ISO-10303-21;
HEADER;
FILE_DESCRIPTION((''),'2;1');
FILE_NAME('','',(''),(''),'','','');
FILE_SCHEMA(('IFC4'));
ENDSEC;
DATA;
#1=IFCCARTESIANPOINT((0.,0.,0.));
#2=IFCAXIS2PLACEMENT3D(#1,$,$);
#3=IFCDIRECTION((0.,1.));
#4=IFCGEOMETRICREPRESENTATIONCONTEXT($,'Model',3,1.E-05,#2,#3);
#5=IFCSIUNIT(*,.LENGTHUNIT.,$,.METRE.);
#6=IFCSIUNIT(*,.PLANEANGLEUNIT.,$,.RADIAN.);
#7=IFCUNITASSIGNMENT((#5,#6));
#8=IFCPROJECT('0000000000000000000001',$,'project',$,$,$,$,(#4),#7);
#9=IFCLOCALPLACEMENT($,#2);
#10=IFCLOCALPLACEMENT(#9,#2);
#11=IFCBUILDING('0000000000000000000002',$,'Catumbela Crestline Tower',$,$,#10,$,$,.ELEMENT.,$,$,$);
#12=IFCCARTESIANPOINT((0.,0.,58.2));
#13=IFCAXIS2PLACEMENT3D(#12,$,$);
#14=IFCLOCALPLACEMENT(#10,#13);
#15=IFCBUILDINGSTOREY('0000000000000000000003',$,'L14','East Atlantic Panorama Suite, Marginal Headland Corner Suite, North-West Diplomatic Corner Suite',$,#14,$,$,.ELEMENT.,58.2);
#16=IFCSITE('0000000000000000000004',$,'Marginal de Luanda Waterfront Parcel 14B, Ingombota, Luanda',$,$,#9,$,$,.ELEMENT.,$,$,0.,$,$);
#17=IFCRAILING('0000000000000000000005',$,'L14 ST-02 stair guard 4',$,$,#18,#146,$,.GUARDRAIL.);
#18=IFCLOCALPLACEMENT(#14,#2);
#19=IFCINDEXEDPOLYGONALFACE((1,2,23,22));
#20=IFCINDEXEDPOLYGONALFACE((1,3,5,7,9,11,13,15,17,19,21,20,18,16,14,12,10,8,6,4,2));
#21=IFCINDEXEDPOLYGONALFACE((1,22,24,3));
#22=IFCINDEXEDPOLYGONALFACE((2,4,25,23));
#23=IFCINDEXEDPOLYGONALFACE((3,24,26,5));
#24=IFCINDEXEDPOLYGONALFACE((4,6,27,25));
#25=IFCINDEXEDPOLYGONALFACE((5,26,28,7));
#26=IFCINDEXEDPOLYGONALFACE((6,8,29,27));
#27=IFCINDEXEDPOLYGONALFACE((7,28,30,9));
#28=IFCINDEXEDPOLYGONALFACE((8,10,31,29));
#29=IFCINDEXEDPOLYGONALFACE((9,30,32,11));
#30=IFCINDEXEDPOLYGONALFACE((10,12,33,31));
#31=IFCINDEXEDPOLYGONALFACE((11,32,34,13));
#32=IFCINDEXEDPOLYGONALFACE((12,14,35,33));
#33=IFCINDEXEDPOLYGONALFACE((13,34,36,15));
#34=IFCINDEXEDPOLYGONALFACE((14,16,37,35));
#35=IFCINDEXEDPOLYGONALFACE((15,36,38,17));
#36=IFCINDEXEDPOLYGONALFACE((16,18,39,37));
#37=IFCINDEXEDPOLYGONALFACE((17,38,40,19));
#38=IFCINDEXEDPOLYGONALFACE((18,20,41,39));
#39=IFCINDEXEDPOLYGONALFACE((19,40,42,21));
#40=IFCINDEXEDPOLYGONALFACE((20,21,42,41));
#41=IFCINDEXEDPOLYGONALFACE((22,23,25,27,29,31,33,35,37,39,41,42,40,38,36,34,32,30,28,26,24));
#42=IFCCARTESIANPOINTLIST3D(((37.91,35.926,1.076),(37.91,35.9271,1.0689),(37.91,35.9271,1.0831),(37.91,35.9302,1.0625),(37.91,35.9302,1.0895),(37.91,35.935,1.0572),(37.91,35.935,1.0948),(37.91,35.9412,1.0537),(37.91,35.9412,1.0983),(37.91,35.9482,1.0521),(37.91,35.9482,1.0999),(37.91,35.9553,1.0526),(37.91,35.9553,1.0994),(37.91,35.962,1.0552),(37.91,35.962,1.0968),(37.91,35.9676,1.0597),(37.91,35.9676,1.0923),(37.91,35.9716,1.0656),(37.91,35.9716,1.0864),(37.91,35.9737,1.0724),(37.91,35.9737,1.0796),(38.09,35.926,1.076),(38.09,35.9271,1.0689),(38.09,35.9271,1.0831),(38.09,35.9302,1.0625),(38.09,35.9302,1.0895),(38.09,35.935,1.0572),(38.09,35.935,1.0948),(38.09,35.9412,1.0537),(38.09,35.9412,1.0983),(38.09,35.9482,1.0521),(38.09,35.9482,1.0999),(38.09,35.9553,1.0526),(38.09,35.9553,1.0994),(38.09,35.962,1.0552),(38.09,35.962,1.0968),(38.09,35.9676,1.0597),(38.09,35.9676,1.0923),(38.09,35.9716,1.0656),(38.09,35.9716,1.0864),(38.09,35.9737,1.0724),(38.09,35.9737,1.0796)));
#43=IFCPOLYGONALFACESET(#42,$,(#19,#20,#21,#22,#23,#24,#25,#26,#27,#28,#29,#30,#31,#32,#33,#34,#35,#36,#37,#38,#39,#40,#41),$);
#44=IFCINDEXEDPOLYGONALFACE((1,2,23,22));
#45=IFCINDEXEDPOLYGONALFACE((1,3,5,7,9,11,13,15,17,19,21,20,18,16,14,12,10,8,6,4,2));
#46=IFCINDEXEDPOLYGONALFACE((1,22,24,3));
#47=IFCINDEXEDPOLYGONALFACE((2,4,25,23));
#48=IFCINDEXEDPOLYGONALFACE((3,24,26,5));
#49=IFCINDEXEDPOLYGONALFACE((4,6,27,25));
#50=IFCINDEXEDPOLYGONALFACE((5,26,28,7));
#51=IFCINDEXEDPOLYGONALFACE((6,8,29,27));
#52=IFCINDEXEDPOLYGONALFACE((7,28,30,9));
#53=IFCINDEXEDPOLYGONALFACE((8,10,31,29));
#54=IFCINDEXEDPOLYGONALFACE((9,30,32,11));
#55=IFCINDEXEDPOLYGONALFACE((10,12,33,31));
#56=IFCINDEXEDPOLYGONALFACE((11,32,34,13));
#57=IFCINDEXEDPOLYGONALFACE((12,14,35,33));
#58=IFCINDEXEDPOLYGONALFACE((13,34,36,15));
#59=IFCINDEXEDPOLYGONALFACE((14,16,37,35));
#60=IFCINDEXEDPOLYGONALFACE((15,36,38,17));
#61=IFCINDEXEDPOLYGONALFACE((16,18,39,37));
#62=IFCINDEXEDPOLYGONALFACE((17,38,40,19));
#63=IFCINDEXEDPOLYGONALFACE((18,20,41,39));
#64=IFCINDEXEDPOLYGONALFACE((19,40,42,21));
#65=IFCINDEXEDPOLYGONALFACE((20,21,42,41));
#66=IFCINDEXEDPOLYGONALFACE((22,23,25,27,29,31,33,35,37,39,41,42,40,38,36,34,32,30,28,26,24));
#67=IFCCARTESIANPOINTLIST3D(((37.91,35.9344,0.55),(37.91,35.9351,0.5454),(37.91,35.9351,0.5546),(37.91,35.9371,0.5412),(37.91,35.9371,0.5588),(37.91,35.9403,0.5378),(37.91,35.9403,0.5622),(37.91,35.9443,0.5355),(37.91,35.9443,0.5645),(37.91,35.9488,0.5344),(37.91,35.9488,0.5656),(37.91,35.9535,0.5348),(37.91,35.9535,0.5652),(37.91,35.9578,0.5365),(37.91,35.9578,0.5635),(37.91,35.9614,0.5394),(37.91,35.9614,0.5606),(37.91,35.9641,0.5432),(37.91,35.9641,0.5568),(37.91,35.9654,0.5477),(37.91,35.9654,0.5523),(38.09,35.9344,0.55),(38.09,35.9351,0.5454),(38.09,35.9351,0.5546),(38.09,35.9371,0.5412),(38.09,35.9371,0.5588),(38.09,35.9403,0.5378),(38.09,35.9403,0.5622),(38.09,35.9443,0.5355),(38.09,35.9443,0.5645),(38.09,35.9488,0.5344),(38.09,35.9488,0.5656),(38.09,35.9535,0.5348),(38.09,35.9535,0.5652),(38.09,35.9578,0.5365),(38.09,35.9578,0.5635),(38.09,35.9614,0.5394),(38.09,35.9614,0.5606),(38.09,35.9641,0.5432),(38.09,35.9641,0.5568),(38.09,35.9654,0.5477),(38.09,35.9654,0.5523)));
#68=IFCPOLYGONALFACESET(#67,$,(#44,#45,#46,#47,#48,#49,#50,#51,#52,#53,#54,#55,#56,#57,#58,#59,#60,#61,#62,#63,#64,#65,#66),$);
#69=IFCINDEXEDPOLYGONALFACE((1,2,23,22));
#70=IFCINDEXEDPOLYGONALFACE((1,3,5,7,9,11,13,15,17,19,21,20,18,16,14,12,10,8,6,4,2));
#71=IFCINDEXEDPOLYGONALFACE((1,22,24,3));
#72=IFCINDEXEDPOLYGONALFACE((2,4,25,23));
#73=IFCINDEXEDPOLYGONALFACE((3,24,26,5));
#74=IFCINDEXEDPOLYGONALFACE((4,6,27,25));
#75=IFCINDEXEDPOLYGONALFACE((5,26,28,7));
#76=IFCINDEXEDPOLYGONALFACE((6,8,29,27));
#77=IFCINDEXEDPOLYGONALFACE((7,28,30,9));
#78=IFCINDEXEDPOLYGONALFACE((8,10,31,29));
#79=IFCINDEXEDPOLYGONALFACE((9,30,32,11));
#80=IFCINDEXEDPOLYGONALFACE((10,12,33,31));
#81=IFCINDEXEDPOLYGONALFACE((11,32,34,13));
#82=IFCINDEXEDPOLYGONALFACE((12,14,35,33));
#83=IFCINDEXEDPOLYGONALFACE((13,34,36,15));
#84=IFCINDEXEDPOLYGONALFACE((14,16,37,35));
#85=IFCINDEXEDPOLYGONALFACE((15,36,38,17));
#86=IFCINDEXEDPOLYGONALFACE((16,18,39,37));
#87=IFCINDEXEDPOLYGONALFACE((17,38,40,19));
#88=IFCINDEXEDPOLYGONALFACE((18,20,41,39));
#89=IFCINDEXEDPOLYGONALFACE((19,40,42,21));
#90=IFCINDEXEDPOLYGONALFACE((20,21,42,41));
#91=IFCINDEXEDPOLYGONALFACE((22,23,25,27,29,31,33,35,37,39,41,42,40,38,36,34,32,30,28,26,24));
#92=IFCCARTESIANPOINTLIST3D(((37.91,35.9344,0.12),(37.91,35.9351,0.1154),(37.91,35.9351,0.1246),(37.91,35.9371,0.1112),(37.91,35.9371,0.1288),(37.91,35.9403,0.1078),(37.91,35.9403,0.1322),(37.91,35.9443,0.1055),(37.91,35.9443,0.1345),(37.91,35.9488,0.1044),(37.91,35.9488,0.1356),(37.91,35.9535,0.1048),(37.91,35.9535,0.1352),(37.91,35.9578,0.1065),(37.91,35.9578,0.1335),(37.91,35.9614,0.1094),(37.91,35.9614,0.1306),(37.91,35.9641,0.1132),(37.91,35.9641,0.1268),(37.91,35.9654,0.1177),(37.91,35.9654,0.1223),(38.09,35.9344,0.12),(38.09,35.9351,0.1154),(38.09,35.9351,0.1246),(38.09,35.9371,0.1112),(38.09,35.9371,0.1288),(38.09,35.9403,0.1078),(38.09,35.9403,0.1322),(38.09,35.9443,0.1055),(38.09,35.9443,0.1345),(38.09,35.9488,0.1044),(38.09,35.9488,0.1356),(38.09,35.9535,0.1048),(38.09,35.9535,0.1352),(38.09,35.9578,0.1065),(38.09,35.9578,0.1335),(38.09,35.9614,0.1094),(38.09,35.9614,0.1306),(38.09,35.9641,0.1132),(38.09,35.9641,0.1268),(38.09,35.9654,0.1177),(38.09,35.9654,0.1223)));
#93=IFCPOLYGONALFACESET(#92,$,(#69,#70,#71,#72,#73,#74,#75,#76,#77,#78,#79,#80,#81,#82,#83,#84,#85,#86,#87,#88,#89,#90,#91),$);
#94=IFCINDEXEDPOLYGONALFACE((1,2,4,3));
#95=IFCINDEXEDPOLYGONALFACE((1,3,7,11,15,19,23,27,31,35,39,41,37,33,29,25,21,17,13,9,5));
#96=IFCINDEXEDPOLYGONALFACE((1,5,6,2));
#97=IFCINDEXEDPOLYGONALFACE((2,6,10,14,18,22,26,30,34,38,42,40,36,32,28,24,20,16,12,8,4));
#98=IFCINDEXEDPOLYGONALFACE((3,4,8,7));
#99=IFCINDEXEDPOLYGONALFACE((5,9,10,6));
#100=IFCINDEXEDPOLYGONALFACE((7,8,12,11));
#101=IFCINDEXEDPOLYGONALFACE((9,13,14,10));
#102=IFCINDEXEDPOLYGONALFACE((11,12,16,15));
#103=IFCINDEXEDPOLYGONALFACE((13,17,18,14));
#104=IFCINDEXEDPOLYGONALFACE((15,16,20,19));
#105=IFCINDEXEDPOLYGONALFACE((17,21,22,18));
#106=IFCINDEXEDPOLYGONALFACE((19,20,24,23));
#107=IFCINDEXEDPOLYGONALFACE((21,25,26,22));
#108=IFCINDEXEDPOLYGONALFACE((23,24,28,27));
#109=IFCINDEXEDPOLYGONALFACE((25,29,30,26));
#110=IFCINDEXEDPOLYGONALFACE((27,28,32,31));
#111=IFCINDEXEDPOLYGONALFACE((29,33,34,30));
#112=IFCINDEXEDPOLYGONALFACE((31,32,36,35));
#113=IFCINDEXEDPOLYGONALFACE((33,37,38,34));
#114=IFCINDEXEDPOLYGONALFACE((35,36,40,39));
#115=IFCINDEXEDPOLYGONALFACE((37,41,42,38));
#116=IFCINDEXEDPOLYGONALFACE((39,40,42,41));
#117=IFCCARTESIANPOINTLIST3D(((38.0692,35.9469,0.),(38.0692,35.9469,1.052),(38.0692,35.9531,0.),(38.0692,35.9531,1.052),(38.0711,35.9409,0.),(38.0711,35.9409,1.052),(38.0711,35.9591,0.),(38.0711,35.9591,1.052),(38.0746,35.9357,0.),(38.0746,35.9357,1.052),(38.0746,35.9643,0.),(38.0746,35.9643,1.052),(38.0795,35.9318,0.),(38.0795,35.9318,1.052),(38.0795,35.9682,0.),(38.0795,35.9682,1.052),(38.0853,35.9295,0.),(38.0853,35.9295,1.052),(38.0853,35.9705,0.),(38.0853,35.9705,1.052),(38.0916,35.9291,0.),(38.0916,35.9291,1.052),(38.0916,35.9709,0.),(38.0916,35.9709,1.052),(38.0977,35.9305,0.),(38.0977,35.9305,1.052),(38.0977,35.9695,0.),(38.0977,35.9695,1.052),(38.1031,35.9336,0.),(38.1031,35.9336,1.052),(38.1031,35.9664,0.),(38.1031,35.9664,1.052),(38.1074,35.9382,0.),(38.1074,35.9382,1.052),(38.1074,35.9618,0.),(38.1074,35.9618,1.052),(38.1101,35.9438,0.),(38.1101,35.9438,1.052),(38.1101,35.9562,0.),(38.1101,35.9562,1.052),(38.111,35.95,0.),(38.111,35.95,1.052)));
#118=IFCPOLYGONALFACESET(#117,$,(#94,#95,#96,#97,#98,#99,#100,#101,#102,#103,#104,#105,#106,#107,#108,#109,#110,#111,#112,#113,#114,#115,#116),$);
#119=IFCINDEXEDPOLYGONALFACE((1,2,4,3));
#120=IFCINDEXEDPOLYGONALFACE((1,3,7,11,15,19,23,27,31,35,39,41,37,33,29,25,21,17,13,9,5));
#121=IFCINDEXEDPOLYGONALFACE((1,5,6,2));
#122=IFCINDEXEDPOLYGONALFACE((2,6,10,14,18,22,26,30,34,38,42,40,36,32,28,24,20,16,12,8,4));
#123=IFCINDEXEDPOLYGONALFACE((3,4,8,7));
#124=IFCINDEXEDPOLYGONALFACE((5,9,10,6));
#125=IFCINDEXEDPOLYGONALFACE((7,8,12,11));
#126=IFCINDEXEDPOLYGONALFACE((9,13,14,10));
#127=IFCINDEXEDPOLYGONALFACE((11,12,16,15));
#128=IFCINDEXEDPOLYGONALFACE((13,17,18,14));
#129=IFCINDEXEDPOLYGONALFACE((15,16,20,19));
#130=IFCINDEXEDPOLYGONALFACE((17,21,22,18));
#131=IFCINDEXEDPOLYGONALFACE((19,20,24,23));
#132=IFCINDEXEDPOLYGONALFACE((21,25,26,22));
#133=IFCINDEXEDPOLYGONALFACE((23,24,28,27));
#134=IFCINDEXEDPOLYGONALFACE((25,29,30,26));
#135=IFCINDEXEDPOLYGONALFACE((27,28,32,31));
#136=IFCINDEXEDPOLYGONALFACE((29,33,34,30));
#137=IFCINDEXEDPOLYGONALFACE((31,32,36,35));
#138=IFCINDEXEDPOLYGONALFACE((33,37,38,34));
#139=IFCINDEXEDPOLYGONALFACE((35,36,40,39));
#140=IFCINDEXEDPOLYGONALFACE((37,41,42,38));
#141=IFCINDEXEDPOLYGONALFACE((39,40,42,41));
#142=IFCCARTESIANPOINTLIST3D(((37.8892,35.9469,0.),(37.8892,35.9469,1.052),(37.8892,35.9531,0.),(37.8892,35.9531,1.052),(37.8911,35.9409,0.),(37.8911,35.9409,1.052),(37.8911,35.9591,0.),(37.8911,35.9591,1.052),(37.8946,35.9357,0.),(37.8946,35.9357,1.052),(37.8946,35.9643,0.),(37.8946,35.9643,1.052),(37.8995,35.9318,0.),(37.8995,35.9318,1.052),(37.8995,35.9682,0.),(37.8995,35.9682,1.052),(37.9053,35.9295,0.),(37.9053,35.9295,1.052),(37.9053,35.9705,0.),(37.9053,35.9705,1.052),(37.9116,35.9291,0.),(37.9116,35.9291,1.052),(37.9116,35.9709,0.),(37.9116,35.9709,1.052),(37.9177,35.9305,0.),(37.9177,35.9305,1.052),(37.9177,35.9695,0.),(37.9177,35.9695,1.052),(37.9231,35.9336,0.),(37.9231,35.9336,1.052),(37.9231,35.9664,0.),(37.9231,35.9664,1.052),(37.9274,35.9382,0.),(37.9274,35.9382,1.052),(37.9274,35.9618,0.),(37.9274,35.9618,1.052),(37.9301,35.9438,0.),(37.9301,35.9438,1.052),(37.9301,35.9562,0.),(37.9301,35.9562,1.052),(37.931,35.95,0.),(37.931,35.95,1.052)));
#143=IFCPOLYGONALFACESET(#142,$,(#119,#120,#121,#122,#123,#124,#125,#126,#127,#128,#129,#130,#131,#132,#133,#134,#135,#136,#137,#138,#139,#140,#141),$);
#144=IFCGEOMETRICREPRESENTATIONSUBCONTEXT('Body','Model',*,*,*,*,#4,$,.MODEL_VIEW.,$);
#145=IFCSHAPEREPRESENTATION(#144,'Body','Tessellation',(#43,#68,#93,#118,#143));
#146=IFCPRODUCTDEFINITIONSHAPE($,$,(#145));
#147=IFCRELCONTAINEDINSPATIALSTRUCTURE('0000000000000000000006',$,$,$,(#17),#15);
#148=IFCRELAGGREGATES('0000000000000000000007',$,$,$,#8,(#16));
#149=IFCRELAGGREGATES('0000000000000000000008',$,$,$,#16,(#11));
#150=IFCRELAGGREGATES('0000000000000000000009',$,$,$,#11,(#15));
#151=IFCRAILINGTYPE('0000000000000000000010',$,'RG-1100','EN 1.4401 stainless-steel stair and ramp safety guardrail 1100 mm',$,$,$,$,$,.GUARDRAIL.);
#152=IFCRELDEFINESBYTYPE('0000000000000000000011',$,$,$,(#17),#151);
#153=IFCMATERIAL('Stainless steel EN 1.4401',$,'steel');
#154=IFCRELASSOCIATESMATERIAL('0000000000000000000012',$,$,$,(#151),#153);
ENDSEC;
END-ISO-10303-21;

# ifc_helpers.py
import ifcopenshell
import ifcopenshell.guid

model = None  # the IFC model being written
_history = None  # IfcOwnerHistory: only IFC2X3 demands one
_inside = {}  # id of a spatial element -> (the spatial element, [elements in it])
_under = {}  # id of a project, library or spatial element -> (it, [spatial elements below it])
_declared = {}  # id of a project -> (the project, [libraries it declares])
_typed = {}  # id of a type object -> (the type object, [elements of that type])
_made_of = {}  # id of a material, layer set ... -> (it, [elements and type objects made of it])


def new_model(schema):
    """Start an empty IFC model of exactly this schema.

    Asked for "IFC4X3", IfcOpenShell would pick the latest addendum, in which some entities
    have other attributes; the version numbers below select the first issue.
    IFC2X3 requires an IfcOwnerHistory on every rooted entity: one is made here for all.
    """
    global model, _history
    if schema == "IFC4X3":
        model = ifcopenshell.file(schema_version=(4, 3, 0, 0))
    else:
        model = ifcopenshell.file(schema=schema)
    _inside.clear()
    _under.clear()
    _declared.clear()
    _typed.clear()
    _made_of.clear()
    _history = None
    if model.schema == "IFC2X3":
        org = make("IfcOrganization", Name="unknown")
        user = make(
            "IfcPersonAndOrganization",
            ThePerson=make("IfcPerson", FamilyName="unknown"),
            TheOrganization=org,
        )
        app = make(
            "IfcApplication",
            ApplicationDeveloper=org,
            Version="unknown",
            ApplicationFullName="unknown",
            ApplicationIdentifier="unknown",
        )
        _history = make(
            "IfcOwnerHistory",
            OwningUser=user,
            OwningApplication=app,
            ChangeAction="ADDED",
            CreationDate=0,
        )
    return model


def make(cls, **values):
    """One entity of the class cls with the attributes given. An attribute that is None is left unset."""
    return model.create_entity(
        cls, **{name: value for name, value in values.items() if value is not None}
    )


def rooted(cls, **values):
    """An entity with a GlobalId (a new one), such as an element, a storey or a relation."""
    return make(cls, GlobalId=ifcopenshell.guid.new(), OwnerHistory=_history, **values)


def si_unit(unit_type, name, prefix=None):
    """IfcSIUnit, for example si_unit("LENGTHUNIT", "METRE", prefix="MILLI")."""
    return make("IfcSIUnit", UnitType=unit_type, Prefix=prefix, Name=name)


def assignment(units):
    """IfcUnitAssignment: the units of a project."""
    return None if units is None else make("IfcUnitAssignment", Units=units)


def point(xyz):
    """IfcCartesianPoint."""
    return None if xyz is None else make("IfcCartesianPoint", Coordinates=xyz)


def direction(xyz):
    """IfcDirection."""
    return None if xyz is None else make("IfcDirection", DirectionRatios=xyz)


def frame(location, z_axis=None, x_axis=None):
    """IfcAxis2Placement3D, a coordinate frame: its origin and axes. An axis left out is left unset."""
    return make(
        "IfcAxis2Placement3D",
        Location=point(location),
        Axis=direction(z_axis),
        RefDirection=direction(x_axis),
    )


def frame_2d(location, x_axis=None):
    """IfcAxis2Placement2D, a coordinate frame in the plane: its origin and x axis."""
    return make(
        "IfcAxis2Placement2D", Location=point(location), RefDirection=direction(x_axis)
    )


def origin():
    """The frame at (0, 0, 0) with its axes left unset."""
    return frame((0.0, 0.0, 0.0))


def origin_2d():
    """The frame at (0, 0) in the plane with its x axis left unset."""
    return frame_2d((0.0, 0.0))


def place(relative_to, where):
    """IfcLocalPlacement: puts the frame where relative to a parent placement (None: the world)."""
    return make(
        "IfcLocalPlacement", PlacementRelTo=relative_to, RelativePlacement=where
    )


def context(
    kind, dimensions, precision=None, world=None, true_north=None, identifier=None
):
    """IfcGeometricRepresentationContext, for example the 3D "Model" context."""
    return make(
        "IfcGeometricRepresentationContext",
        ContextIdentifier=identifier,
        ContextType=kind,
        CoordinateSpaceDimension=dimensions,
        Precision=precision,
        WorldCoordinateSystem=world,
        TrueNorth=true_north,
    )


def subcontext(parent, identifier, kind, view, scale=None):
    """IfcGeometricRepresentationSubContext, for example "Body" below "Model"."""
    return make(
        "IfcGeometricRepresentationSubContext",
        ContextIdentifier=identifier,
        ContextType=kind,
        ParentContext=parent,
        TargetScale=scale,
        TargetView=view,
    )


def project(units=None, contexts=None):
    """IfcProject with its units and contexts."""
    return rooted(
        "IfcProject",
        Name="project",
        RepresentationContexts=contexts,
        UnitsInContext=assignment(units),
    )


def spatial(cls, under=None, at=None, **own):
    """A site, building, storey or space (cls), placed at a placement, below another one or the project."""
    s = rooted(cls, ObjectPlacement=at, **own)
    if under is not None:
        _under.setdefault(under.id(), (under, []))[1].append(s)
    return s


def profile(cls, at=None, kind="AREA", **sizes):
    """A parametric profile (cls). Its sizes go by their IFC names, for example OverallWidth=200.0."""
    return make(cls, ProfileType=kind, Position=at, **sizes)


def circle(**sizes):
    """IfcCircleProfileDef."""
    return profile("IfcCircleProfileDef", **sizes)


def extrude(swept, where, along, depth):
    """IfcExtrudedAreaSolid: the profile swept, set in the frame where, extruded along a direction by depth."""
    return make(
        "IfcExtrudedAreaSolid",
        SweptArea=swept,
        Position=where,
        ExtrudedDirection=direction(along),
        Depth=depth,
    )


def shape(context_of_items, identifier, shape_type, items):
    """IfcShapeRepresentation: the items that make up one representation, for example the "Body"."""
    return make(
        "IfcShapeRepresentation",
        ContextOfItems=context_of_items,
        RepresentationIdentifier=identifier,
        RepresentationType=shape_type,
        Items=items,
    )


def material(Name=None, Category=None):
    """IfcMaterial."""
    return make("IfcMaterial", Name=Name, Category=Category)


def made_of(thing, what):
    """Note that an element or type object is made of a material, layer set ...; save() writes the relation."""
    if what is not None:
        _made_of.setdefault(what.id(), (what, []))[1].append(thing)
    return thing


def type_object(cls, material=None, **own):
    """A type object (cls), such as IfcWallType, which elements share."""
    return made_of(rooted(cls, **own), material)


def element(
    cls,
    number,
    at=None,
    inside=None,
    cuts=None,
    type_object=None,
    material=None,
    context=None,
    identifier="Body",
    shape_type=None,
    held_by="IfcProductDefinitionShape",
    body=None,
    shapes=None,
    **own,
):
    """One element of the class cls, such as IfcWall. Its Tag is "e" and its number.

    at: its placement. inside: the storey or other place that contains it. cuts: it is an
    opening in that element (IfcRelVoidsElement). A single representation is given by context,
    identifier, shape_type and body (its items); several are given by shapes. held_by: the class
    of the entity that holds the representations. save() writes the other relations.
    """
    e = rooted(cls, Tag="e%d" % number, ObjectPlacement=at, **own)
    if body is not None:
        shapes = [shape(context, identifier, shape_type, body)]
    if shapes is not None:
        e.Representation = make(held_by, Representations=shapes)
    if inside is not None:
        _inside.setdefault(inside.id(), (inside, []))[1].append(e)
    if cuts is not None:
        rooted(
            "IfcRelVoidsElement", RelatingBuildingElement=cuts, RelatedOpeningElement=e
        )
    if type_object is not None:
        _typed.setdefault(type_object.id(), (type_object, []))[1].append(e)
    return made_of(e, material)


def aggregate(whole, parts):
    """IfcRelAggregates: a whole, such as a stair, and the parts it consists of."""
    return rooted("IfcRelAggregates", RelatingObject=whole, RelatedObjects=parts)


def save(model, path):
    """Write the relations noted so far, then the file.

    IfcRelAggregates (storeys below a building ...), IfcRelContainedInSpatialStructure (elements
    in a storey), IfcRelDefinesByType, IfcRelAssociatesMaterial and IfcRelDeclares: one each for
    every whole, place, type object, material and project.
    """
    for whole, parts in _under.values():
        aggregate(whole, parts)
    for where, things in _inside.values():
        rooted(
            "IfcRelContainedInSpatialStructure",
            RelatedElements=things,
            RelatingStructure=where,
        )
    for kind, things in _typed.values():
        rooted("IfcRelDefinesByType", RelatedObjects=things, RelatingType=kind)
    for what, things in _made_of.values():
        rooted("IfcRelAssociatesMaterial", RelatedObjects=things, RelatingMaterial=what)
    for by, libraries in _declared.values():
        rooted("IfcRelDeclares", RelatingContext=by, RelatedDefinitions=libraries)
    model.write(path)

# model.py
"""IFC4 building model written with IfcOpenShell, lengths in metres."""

from ifc_helpers import new_model, si_unit, direction, frame, origin, origin_2d, place, context, subcontext, project, spatial, circle, extrude, material, type_object, element, save


model = new_model("IFC4")

# Units and contexts
model_context = context("Model", 3, precision=1e-05, world=origin(), true_north=direction((0.0, 1.0)))
body_context = subcontext(model_context, "Body", "Model", "MODEL_VIEW")
ifc_project = project(units=[si_unit("LENGTHUNIT", "METRE"), si_unit("PLANEANGLEUNIT", "RADIAN")], contexts=[model_context])

# Site, building, storey
site_placement = place(None, origin())
site = spatial("IfcSite", under=ifc_project, at=site_placement, Name="Marginal de Luanda Waterfront Parcel 14B, Ingombota, Luanda", CompositionType="ELEMENT", RefElevation=0.0)
building_placement = place(site_placement, origin())
building = spatial("IfcBuilding", under=site, at=building_placement, Name="Catumbela Crestline Tower", CompositionType="ELEMENT")
storey_placement = place(building_placement, frame((0.0, 0.0, 58.2)))
storey = spatial("IfcBuildingStorey", under=building, at=storey_placement, Name="L14", Description="East Atlantic Panorama Suite, Marginal Headland Corner Suite, North-West Diplomatic Corner Suite", CompositionType="ELEMENT", Elevation=58.2)

# Shared definitions
ifc_material_1 = material(Name="Stainless steel EN 1.4401", Category="steel")

# Railing
railing_type_1 = type_object("IfcRailingType", Name="RG-1100", Description="EN 1.4401 stainless-steel stair and ramp safety guardrail 1100 mm", PredefinedType="GUARDRAIL", material=ifc_material_1)
railing_1_placement = place(storey_placement, frame((38.09, 35.95, 0.0)))
element("IfcRailing", 1, at=railing_1_placement, inside=storey, type_object=railing_type_1, Name="L14 ST-02 stair guard 4", PredefinedType="GUARDRAIL", context=body_context, shape_type="SweptSolid", body=[
    extrude(circle(Radius=0.024, at=origin_2d()), frame((0.0, 0.0, 1.076), z_axis=(-1.0, 0.0, 0.0), x_axis=(0.0, -1.0, 0.0)), (0.0, 0.0, 1.0), 0.18),
    extrude(circle(Radius=0.0156, at=origin_2d()), frame((0.0, 0.0, 0.55), z_axis=(-1.0, 0.0, 0.0), x_axis=(0.0, -1.0, 0.0)), (0.0, 0.0, 1.0), 0.18),
    extrude(circle(Radius=0.0156, at=origin_2d()), frame((0.0, 0.0, 0.12), z_axis=(-1.0, 0.0, 0.0), x_axis=(0.0, -1.0, 0.0)), (0.0, 0.0, 1.0), 0.18),
    extrude(circle(Radius=0.021, at=origin_2d()), origin(), (0.0, 0.0, 1.0), 1.052),
    extrude(circle(Radius=0.021, at=origin_2d()), frame((-0.18, 0.0, 0.0)), (0.0, 0.0, 1.0), 1.052),
])

save(model, "model.ifc")
